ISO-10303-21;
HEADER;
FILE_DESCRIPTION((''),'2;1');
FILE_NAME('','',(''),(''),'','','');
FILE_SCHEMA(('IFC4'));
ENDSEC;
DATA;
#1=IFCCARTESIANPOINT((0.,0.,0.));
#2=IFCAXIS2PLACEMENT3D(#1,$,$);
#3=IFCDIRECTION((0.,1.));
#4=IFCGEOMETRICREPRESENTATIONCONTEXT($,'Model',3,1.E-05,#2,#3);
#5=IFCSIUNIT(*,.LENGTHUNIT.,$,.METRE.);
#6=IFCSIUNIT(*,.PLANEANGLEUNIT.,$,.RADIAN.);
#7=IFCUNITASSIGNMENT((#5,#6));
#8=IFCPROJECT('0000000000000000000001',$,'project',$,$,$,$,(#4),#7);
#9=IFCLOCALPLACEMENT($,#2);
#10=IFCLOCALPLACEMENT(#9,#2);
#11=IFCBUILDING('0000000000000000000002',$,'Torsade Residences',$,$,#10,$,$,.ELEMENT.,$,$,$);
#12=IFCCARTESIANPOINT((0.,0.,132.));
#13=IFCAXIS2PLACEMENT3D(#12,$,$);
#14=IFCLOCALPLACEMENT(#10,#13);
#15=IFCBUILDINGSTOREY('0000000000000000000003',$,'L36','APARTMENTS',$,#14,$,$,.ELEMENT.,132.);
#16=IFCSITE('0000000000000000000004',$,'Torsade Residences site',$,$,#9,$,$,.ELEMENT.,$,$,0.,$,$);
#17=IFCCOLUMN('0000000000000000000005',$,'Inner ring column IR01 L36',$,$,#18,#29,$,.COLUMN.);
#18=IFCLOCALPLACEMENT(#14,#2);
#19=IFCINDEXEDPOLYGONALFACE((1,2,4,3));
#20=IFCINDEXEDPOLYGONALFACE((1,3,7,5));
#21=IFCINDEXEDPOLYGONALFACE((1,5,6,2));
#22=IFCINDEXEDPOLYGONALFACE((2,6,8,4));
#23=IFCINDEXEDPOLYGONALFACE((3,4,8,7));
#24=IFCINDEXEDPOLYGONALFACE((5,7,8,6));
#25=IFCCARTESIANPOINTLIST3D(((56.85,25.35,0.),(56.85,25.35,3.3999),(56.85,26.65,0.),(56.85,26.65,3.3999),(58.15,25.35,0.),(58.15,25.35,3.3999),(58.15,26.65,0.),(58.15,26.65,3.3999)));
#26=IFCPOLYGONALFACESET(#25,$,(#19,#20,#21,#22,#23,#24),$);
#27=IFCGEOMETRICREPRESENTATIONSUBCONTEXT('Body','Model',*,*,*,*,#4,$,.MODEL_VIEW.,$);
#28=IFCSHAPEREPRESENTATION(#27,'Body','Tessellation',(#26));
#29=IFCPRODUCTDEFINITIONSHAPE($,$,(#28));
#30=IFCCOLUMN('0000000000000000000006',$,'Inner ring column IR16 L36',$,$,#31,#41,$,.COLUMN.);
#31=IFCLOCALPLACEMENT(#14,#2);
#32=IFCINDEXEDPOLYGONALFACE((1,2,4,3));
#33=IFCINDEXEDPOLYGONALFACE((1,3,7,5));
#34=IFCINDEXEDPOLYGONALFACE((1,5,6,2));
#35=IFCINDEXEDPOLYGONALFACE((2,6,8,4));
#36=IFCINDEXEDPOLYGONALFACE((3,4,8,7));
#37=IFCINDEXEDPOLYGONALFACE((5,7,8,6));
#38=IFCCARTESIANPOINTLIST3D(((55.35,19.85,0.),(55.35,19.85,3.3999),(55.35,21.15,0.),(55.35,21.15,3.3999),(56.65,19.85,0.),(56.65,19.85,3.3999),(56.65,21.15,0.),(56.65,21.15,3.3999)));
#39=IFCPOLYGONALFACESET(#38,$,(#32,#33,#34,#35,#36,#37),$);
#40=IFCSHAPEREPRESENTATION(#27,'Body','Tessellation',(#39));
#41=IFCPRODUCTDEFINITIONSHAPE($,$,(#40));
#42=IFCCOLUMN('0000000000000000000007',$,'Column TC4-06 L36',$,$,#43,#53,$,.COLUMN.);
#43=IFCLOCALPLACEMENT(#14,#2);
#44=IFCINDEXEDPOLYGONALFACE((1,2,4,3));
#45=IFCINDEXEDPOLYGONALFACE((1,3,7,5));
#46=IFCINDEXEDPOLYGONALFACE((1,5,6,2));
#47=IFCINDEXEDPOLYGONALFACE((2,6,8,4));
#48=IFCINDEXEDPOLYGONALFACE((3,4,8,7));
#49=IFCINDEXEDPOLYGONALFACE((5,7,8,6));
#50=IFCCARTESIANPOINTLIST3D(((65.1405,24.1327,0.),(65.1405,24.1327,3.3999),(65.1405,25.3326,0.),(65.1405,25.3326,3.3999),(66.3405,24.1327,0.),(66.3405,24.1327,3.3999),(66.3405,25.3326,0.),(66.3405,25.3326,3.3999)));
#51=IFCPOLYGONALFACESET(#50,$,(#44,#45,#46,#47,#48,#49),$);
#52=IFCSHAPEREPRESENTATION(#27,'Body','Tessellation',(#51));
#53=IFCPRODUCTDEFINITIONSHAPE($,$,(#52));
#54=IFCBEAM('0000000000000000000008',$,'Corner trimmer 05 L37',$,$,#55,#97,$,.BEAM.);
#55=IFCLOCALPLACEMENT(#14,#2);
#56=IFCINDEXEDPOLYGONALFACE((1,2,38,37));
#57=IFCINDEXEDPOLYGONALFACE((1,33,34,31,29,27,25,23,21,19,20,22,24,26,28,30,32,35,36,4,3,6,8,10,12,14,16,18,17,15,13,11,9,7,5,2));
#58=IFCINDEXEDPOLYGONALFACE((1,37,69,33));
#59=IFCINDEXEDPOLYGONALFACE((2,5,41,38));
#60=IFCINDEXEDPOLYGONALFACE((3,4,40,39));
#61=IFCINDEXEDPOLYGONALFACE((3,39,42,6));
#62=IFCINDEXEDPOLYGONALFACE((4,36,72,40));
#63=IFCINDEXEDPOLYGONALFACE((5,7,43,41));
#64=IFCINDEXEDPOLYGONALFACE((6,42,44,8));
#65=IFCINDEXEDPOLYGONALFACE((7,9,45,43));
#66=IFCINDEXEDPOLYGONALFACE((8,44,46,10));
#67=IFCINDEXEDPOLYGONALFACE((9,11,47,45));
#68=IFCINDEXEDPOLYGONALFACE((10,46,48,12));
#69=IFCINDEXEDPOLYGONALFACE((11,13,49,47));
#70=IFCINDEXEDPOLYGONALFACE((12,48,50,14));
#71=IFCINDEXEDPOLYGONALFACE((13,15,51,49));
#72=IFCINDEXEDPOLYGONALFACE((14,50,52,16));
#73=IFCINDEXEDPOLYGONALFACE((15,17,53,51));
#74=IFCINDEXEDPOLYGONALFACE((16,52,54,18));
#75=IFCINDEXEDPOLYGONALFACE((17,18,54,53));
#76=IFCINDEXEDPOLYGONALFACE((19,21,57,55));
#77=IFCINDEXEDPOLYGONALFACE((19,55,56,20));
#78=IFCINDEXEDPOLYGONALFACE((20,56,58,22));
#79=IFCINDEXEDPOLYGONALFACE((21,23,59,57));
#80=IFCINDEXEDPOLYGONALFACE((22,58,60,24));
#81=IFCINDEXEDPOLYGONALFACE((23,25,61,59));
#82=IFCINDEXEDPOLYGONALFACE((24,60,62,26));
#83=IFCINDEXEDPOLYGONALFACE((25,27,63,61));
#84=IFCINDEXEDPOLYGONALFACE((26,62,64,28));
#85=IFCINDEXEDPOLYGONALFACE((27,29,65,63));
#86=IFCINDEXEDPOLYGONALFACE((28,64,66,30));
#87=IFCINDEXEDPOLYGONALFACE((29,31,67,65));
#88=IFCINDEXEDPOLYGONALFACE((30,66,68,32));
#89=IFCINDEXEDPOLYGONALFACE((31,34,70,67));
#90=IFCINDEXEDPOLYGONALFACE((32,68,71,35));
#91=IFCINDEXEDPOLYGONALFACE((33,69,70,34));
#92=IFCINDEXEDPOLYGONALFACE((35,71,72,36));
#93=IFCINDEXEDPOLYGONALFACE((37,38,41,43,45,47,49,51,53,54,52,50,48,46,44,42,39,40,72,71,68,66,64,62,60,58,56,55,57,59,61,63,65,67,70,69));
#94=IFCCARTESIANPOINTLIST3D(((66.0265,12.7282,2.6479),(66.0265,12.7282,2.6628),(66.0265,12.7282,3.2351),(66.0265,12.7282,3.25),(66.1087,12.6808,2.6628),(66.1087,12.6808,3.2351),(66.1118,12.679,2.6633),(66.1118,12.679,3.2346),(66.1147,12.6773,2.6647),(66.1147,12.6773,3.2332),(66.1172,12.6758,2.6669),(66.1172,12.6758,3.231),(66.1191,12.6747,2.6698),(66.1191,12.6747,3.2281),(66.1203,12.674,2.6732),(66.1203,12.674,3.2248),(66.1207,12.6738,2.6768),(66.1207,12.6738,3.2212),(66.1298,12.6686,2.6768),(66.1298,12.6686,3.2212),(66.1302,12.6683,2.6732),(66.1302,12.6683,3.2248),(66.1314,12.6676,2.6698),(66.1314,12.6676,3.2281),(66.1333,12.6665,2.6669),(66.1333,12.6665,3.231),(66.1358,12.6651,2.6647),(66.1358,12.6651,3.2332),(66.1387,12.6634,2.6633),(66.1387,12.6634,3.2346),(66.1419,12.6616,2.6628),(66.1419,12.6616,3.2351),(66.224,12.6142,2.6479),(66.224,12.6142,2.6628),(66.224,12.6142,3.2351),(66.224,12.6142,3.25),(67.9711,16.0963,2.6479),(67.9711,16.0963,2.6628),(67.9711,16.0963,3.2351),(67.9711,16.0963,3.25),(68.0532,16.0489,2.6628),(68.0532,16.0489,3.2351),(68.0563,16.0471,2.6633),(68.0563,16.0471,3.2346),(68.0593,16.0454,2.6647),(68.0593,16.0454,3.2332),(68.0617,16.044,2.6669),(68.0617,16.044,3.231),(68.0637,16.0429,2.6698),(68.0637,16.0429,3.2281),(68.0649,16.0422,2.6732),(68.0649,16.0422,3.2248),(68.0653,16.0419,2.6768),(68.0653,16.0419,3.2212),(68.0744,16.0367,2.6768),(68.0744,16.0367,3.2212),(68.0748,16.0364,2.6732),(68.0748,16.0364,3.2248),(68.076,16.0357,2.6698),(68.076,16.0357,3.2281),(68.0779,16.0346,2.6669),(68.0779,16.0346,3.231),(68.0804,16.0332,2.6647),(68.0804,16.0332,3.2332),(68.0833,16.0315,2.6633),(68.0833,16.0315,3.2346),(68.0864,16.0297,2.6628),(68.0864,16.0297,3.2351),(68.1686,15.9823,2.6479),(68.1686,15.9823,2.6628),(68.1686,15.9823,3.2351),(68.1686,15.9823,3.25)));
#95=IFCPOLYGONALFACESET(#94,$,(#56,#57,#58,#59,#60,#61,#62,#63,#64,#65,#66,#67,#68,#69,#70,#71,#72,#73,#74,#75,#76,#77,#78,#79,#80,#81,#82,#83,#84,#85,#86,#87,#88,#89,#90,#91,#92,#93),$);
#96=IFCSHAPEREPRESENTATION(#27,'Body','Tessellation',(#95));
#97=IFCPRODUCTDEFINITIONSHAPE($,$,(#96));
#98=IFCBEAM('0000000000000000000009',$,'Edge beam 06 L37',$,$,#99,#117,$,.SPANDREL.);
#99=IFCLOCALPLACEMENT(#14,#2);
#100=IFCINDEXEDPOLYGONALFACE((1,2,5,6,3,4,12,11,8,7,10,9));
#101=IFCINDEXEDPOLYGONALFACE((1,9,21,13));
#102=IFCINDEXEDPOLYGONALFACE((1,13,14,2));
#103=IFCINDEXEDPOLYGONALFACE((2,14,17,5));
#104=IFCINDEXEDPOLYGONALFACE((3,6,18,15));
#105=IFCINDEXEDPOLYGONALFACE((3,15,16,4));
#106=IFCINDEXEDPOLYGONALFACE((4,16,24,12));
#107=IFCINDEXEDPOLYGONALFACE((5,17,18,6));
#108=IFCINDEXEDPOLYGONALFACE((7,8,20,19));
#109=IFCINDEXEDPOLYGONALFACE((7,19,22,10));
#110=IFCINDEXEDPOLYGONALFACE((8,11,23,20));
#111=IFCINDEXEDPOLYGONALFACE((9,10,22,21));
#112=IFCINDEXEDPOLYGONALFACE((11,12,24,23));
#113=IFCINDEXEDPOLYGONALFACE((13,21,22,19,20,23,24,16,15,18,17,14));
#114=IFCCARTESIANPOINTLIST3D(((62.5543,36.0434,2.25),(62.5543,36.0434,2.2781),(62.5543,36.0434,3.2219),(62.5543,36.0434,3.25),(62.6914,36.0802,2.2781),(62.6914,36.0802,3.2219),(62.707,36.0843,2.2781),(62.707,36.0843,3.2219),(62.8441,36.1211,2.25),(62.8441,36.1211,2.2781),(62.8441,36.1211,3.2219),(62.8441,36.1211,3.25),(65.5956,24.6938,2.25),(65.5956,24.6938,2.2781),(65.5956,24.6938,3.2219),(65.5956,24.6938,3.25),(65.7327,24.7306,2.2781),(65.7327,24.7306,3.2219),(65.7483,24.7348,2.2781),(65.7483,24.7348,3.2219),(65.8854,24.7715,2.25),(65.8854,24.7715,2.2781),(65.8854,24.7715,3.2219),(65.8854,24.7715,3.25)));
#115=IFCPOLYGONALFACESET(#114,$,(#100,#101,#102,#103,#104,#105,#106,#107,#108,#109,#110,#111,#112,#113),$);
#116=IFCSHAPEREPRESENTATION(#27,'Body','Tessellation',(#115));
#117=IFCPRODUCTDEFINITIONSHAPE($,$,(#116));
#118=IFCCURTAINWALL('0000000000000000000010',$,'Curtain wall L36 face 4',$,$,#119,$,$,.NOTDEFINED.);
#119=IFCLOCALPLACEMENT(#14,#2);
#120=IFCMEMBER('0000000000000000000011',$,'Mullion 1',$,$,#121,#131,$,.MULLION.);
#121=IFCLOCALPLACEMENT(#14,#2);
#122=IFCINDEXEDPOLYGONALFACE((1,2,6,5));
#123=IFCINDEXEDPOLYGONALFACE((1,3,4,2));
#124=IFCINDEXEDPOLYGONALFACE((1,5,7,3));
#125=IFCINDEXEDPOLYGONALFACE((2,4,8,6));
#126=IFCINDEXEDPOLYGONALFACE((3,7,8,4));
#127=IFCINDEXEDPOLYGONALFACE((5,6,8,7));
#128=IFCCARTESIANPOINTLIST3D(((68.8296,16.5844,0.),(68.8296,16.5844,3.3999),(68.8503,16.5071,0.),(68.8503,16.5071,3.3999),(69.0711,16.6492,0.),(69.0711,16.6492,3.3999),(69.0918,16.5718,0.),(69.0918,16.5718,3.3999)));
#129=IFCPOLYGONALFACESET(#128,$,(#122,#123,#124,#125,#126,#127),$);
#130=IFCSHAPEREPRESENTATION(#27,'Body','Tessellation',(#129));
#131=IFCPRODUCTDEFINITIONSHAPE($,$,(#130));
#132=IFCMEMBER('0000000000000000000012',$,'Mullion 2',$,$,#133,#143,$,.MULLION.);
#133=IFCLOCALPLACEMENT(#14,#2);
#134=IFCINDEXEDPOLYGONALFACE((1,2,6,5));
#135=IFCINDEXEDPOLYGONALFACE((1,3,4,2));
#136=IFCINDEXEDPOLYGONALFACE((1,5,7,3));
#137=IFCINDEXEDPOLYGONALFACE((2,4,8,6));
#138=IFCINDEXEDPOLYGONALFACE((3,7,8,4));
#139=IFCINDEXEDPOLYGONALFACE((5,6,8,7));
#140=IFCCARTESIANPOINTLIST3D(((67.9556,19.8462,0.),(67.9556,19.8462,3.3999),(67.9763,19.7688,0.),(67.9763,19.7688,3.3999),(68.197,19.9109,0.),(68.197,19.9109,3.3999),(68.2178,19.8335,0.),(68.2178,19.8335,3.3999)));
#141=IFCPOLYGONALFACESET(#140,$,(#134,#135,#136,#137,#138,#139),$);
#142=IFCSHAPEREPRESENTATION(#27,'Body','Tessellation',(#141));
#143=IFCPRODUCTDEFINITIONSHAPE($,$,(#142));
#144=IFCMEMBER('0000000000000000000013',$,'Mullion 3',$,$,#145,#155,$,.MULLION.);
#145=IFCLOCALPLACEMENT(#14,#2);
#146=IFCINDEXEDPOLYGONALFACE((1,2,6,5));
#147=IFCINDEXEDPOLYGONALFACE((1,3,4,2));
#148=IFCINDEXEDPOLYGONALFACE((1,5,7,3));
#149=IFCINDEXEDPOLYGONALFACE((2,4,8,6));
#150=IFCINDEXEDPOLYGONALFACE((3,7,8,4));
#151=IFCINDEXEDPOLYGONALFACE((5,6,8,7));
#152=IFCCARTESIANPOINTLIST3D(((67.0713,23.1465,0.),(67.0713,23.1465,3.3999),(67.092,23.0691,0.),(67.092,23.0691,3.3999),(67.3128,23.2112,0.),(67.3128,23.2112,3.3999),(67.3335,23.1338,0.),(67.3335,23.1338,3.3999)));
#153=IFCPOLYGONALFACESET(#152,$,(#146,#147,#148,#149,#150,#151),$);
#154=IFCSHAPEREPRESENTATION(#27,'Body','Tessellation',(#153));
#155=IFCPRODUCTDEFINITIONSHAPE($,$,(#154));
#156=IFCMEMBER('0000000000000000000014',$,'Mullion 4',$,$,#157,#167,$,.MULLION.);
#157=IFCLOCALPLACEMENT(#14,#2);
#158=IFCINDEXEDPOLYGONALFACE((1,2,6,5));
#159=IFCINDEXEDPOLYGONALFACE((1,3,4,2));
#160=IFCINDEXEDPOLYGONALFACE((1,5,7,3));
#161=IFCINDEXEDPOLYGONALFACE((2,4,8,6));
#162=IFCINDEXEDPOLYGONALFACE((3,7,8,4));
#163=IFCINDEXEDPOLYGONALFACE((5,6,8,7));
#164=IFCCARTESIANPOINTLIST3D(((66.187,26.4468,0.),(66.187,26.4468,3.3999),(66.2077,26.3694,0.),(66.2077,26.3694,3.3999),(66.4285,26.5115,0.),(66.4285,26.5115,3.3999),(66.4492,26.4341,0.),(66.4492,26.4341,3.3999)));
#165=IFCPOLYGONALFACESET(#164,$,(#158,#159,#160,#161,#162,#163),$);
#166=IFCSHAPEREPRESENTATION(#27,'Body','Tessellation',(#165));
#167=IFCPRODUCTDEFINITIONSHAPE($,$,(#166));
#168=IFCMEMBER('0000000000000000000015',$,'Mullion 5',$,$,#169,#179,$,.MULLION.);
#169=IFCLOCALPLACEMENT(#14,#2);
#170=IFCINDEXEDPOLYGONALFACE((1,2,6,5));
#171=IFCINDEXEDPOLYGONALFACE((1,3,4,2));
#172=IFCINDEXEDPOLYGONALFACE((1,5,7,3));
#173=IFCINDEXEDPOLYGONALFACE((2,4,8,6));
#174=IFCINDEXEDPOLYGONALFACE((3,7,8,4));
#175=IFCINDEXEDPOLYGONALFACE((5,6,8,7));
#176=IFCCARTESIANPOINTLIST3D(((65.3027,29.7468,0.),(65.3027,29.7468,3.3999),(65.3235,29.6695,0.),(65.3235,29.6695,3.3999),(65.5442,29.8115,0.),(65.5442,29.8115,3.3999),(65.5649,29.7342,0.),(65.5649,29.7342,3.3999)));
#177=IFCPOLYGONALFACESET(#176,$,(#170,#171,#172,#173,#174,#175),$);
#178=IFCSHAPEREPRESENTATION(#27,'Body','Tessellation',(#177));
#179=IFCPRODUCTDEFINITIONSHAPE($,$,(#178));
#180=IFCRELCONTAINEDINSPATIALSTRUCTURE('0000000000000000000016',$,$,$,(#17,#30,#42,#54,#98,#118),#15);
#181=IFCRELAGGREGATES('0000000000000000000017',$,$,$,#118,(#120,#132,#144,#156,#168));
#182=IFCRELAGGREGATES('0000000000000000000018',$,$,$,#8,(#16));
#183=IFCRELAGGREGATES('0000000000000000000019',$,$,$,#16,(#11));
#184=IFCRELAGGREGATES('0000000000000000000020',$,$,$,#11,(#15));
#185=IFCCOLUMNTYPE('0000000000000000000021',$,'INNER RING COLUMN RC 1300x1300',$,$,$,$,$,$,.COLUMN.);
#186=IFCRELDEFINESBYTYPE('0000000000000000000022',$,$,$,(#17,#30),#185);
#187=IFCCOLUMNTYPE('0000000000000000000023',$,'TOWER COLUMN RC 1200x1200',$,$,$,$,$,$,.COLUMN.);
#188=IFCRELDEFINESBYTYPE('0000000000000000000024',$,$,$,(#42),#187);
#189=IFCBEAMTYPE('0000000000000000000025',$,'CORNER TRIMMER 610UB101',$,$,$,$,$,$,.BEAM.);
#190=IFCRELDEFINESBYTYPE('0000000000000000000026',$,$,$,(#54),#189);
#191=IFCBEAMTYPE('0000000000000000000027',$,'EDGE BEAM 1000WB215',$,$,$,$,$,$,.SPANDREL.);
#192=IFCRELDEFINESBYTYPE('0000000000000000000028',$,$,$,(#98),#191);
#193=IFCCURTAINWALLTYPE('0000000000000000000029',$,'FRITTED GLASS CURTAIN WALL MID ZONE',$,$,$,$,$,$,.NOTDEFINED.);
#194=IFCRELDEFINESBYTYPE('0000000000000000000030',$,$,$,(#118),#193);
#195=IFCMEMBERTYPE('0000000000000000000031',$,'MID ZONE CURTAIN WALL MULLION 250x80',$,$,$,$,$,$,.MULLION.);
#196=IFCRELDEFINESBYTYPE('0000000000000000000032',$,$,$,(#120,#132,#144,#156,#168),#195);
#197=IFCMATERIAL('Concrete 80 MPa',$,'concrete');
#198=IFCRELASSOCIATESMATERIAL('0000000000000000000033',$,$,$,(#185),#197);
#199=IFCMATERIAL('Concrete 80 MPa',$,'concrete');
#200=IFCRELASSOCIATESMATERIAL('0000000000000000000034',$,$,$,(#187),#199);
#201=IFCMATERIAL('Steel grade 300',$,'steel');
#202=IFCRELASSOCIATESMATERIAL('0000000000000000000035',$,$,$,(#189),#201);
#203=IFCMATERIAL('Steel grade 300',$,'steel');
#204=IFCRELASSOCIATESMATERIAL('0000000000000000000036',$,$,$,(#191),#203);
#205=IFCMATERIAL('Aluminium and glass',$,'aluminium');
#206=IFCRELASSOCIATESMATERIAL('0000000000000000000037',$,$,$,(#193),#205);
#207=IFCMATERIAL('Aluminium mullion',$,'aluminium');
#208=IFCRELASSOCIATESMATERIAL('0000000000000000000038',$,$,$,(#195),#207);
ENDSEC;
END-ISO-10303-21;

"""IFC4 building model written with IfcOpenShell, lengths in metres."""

from ifc_helpers import new_model, si_unit, direction, frame, origin, origin_2d, place, context, subcontext, project, spatial, rectangle, i_section, extrude, material, material_profile, profile_set, type_object, element, aggregate, save


model = new_model("IFC4")

# Units and contexts
model_context = context("Model", 3, precision=1e-05, world=origin(), true_north=direction((0.0, 1.0)))
body_context = subcontext(model_context, "Body", "Model", "MODEL_VIEW")
ifc_project = project(units=[si_unit("LENGTHUNIT", "METRE"), si_unit("PLANEANGLEUNIT", "RADIAN")], contexts=[model_context])

# Site, building, storey
site_placement = place(None, origin())
site = spatial("IfcSite", under=ifc_project, at=site_placement, Name="Torsade Residences site", CompositionType="ELEMENT", RefElevation=0.0)
building_placement = place(site_placement, origin())
building = spatial("IfcBuilding", under=site, at=building_placement, Name="Torsade Residences", CompositionType="ELEMENT")
storey_placement = place(building_placement, frame((0.0, 0.0, 132.0)))
storey = spatial("IfcBuildingStorey", under=building, at=storey_placement, Name="L36", Description="APARTMENTS", CompositionType="ELEMENT", Elevation=132.0)

# Columns
ifc_material_1 = material(Name="Concrete 80 MPa", Category="concrete")
ifc_material_profile_1 = material_profile(ifc_material_1, rectangle(XDim=1.3, YDim=1.3, at=origin_2d()), Name="RC 1300x1300")
ifc_profile_set_1 = profile_set([ifc_material_profile_1], Name="Concrete 80 MPa")
column_type_1 = type_object("IfcColumnType", Name="INNER RING COLUMN RC 1300x1300", PredefinedType="COLUMN", material=ifc_profile_set_1)
for number, where, z_axis, x_axis, name in (
    (1, (57.5, 26.0, 0.0), (0.0, 0.0, 1.0), (1.0, 0.0, 0.0), "Inner ring column IR01 L36"),
    (2, (56.0, 20.5, 0.0), (0.0, 0.0, 1.0), (1.0, 0.0, 0.0), "Inner ring column IR16 L36"),
):
    element("IfcColumn", number, at=place(storey_placement, frame(where, z_axis=z_axis, x_axis=x_axis)), inside=storey, type_object=column_type_1, Name=name, PredefinedType="COLUMN", context=body_context, shape_type="SweptSolid", body=[
        extrude(rectangle(XDim=1.3, YDim=1.3, at=origin_2d()), origin(), (0.0, 0.0, 1.0), 3.3999),
    ])
ifc_material_2 = material(Name="Concrete 80 MPa", Category="concrete")
ifc_material_profile_2 = material_profile(ifc_material_2, rectangle(XDim=1.2, YDim=1.2, at=origin_2d()), Name="RC 1200x1200")
ifc_profile_set_2 = profile_set([ifc_material_profile_2], Name="Concrete 80 MPa")
column_type_2 = type_object("IfcColumnType", Name="TOWER COLUMN RC 1200x1200", PredefinedType="COLUMN", material=ifc_profile_set_2)
column_placement = place(storey_placement, frame((65.7405, 24.7327, 0.0), z_axis=(0.0, 0.0, 1.0), x_axis=(1.0, 0.0, 0.0)))
element("IfcColumn", 3, at=column_placement, inside=storey, type_object=column_type_2, Name="Column TC4-06 L36", PredefinedType="COLUMN", context=body_context, shape_type="SweptSolid", body=[
    extrude(rectangle(XDim=1.2, YDim=1.2, at=origin_2d()), origin(), (0.0, 0.0, 1.0), 3.3999),
])

# Beams
ifc_material_3 = material(Name="Steel grade 300", Category="steel")
ifc_material_profile_3 = material_profile(ifc_material_3, i_section(OverallWidth=0.228, OverallDepth=0.6021, WebThickness=0.0105, FlangeThickness=0.0149, FilletRadius=0.0139, at=origin_2d()), Name="610UB101")
ifc_profile_set_3 = profile_set([ifc_material_profile_3], Name="Steel grade 300")
beam_type_1 = type_object("IfcBeamType", Name="CORNER TRIMMER 610UB101", PredefinedType="BEAM", material=ifc_profile_set_3)
beam_1_placement = place(storey_placement, frame((68.0698, 16.0393, 2.949), z_axis=(-0.499994, -0.866029, 0.0), x_axis=(0.866029, -0.499994, 0.0)))
element("IfcBeam", 4, at=beam_1_placement, inside=storey, type_object=beam_type_1, Name="Corner trimmer 05 L37", PredefinedType="BEAM", context=body_context, shape_type="SweptSolid", body=[
    extrude(i_section(OverallWidth=0.228, OverallDepth=0.6021, WebThickness=0.0105, FlangeThickness=0.0149, FilletRadius=0.0139, at=origin_2d()), origin(), (0.0, 0.0, 1.0), 3.8892),
])
ifc_material_4 = material(Name="Steel grade 300", Category="steel")
ifc_material_profile_4 = material_profile(ifc_material_4, i_section(OverallWidth=0.3, OverallDepth=1.0, WebThickness=0.0161, FlangeThickness=0.0281, at=origin_2d()), Name="1000WB215")
ifc_profile_set_4 = profile_set([ifc_material_profile_4], Name="Steel grade 300")
beam_type_2 = type_object("IfcBeamType", Name="EDGE BEAM 1000WB215", PredefinedType="SPANDREL", material=ifc_profile_set_4)
beam_2_placement = place(storey_placement, frame((65.7405, 24.7327, 2.75), z_axis=(-0.25883, 0.965923, 0.0), x_axis=(-0.965923, -0.25883, 0.0)))
element("IfcBeam", 5, at=beam_2_placement, inside=storey, type_object=beam_type_2, Name="Edge beam 06 L37", PredefinedType="SPANDREL", context=body_context, shape_type="SweptSolid", body=[
    extrude(i_section(OverallWidth=0.3, OverallDepth=1.0, WebThickness=0.0161, FlangeThickness=0.0281, at=origin_2d()), origin(), (0.0, 0.0, 1.0), 11.75),
])

# Curtain wall, members
ifc_material_5 = material(Name="Aluminium and glass", Category="aluminium")
curtain_wall_type = type_object("IfcCurtainWallType", Name="FRITTED GLASS CURTAIN WALL MID ZONE", PredefinedType="NOTDEFINED", material=ifc_material_5)
curtain_wall_placement = place(storey_placement, origin())
curtain_wall = element("IfcCurtainWall", 6, at=curtain_wall_placement, inside=storey, type_object=curtain_wall_type, Name="Curtain wall L36 face 4", PredefinedType="NOTDEFINED")
ifc_material_6 = material(Name="Aluminium mullion", Category="aluminium")
ifc_material_profile_5 = material_profile(ifc_material_6, rectangle(XDim=0.25, YDim=0.0801, at=origin_2d()), Name="MID ZONE CURTAIN WALL MULLION 250x80")
ifc_profile_set_5 = profile_set([ifc_material_profile_5], Name="Aluminium mullion")
member_type_1 = type_object("IfcMemberType", Name="MID ZONE CURTAIN WALL MULLION 250x80", PredefinedType="MULLION", material=ifc_profile_set_5)
member_1_placement = place(storey_placement, frame((68.9607, 16.5781, 0.0), z_axis=(0.0, 0.0, 1.0), x_axis=(-0.965926, -0.258819, 0.0)))
member_1 = element("IfcMember", 7, at=member_1_placement, type_object=member_type_1, Name="Mullion 1", PredefinedType="MULLION", context=body_context, shape_type="SweptSolid", body=[
    extrude(rectangle(XDim=0.25, YDim=0.0801, at=origin_2d()), origin(), (0.0, 0.0, 1.0), 3.3999),
])
member_2_placement = place(storey_placement, frame((68.0867, 19.8398, 0.0), z_axis=(0.0, 0.0, 1.0), x_axis=(-0.965926, -0.258819, 0.0)))
member_2 = element("IfcMember", 8, at=member_2_placement, type_object=member_type_1, Name="Mullion 2", PredefinedType="MULLION", context=body_context, shape_type="SweptSolid", body=[
    extrude(rectangle(XDim=0.25, YDim=0.0801, at=origin_2d()), origin(), (0.0, 0.0, 1.0), 3.3999),
])
member_3_placement = place(storey_placement, frame((67.2024, 23.1401, 0.0), z_axis=(0.0, 0.0, 1.0), x_axis=(-0.965926, -0.258819, 0.0)))
member_3 = element("IfcMember", 9, at=member_3_placement, type_object=member_type_1, Name="Mullion 3", PredefinedType="MULLION", context=body_context, shape_type="SweptSolid", body=[
    extrude(rectangle(XDim=0.25, YDim=0.0801, at=origin_2d()), origin(), (0.0, 0.0, 1.0), 3.3999),
])
member_4_placement = place(storey_placement, frame((66.3181, 26.4404, 0.0), z_axis=(0.0, 0.0, 1.0), x_axis=(-0.965926, -0.258819, 0.0)))
member_4 = element("IfcMember", 10, at=member_4_placement, type_object=member_type_1, Name="Mullion 4", PredefinedType="MULLION", context=body_context, shape_type="SweptSolid", body=[
    extrude(rectangle(XDim=0.25, YDim=0.0801, at=origin_2d()), origin(), (0.0, 0.0, 1.0), 3.3999),
])
member_5_placement = place(storey_placement, frame((65.4338, 29.7405, 0.0), z_axis=(0.0, 0.0, 1.0), x_axis=(-0.965926, -0.258819, 0.0)))
member_5 = element("IfcMember", 11, at=member_5_placement, type_object=member_type_1, Name="Mullion 5", PredefinedType="MULLION", context=body_context, shape_type="SweptSolid", body=[
    extrude(rectangle(XDim=0.25, YDim=0.0801, at=origin_2d()), origin(), (0.0, 0.0, 1.0), 3.3999),
])

aggregate(curtain_wall, [member_1, member_2, member_3, member_4, member_5])

save(model, "model.ifc")
